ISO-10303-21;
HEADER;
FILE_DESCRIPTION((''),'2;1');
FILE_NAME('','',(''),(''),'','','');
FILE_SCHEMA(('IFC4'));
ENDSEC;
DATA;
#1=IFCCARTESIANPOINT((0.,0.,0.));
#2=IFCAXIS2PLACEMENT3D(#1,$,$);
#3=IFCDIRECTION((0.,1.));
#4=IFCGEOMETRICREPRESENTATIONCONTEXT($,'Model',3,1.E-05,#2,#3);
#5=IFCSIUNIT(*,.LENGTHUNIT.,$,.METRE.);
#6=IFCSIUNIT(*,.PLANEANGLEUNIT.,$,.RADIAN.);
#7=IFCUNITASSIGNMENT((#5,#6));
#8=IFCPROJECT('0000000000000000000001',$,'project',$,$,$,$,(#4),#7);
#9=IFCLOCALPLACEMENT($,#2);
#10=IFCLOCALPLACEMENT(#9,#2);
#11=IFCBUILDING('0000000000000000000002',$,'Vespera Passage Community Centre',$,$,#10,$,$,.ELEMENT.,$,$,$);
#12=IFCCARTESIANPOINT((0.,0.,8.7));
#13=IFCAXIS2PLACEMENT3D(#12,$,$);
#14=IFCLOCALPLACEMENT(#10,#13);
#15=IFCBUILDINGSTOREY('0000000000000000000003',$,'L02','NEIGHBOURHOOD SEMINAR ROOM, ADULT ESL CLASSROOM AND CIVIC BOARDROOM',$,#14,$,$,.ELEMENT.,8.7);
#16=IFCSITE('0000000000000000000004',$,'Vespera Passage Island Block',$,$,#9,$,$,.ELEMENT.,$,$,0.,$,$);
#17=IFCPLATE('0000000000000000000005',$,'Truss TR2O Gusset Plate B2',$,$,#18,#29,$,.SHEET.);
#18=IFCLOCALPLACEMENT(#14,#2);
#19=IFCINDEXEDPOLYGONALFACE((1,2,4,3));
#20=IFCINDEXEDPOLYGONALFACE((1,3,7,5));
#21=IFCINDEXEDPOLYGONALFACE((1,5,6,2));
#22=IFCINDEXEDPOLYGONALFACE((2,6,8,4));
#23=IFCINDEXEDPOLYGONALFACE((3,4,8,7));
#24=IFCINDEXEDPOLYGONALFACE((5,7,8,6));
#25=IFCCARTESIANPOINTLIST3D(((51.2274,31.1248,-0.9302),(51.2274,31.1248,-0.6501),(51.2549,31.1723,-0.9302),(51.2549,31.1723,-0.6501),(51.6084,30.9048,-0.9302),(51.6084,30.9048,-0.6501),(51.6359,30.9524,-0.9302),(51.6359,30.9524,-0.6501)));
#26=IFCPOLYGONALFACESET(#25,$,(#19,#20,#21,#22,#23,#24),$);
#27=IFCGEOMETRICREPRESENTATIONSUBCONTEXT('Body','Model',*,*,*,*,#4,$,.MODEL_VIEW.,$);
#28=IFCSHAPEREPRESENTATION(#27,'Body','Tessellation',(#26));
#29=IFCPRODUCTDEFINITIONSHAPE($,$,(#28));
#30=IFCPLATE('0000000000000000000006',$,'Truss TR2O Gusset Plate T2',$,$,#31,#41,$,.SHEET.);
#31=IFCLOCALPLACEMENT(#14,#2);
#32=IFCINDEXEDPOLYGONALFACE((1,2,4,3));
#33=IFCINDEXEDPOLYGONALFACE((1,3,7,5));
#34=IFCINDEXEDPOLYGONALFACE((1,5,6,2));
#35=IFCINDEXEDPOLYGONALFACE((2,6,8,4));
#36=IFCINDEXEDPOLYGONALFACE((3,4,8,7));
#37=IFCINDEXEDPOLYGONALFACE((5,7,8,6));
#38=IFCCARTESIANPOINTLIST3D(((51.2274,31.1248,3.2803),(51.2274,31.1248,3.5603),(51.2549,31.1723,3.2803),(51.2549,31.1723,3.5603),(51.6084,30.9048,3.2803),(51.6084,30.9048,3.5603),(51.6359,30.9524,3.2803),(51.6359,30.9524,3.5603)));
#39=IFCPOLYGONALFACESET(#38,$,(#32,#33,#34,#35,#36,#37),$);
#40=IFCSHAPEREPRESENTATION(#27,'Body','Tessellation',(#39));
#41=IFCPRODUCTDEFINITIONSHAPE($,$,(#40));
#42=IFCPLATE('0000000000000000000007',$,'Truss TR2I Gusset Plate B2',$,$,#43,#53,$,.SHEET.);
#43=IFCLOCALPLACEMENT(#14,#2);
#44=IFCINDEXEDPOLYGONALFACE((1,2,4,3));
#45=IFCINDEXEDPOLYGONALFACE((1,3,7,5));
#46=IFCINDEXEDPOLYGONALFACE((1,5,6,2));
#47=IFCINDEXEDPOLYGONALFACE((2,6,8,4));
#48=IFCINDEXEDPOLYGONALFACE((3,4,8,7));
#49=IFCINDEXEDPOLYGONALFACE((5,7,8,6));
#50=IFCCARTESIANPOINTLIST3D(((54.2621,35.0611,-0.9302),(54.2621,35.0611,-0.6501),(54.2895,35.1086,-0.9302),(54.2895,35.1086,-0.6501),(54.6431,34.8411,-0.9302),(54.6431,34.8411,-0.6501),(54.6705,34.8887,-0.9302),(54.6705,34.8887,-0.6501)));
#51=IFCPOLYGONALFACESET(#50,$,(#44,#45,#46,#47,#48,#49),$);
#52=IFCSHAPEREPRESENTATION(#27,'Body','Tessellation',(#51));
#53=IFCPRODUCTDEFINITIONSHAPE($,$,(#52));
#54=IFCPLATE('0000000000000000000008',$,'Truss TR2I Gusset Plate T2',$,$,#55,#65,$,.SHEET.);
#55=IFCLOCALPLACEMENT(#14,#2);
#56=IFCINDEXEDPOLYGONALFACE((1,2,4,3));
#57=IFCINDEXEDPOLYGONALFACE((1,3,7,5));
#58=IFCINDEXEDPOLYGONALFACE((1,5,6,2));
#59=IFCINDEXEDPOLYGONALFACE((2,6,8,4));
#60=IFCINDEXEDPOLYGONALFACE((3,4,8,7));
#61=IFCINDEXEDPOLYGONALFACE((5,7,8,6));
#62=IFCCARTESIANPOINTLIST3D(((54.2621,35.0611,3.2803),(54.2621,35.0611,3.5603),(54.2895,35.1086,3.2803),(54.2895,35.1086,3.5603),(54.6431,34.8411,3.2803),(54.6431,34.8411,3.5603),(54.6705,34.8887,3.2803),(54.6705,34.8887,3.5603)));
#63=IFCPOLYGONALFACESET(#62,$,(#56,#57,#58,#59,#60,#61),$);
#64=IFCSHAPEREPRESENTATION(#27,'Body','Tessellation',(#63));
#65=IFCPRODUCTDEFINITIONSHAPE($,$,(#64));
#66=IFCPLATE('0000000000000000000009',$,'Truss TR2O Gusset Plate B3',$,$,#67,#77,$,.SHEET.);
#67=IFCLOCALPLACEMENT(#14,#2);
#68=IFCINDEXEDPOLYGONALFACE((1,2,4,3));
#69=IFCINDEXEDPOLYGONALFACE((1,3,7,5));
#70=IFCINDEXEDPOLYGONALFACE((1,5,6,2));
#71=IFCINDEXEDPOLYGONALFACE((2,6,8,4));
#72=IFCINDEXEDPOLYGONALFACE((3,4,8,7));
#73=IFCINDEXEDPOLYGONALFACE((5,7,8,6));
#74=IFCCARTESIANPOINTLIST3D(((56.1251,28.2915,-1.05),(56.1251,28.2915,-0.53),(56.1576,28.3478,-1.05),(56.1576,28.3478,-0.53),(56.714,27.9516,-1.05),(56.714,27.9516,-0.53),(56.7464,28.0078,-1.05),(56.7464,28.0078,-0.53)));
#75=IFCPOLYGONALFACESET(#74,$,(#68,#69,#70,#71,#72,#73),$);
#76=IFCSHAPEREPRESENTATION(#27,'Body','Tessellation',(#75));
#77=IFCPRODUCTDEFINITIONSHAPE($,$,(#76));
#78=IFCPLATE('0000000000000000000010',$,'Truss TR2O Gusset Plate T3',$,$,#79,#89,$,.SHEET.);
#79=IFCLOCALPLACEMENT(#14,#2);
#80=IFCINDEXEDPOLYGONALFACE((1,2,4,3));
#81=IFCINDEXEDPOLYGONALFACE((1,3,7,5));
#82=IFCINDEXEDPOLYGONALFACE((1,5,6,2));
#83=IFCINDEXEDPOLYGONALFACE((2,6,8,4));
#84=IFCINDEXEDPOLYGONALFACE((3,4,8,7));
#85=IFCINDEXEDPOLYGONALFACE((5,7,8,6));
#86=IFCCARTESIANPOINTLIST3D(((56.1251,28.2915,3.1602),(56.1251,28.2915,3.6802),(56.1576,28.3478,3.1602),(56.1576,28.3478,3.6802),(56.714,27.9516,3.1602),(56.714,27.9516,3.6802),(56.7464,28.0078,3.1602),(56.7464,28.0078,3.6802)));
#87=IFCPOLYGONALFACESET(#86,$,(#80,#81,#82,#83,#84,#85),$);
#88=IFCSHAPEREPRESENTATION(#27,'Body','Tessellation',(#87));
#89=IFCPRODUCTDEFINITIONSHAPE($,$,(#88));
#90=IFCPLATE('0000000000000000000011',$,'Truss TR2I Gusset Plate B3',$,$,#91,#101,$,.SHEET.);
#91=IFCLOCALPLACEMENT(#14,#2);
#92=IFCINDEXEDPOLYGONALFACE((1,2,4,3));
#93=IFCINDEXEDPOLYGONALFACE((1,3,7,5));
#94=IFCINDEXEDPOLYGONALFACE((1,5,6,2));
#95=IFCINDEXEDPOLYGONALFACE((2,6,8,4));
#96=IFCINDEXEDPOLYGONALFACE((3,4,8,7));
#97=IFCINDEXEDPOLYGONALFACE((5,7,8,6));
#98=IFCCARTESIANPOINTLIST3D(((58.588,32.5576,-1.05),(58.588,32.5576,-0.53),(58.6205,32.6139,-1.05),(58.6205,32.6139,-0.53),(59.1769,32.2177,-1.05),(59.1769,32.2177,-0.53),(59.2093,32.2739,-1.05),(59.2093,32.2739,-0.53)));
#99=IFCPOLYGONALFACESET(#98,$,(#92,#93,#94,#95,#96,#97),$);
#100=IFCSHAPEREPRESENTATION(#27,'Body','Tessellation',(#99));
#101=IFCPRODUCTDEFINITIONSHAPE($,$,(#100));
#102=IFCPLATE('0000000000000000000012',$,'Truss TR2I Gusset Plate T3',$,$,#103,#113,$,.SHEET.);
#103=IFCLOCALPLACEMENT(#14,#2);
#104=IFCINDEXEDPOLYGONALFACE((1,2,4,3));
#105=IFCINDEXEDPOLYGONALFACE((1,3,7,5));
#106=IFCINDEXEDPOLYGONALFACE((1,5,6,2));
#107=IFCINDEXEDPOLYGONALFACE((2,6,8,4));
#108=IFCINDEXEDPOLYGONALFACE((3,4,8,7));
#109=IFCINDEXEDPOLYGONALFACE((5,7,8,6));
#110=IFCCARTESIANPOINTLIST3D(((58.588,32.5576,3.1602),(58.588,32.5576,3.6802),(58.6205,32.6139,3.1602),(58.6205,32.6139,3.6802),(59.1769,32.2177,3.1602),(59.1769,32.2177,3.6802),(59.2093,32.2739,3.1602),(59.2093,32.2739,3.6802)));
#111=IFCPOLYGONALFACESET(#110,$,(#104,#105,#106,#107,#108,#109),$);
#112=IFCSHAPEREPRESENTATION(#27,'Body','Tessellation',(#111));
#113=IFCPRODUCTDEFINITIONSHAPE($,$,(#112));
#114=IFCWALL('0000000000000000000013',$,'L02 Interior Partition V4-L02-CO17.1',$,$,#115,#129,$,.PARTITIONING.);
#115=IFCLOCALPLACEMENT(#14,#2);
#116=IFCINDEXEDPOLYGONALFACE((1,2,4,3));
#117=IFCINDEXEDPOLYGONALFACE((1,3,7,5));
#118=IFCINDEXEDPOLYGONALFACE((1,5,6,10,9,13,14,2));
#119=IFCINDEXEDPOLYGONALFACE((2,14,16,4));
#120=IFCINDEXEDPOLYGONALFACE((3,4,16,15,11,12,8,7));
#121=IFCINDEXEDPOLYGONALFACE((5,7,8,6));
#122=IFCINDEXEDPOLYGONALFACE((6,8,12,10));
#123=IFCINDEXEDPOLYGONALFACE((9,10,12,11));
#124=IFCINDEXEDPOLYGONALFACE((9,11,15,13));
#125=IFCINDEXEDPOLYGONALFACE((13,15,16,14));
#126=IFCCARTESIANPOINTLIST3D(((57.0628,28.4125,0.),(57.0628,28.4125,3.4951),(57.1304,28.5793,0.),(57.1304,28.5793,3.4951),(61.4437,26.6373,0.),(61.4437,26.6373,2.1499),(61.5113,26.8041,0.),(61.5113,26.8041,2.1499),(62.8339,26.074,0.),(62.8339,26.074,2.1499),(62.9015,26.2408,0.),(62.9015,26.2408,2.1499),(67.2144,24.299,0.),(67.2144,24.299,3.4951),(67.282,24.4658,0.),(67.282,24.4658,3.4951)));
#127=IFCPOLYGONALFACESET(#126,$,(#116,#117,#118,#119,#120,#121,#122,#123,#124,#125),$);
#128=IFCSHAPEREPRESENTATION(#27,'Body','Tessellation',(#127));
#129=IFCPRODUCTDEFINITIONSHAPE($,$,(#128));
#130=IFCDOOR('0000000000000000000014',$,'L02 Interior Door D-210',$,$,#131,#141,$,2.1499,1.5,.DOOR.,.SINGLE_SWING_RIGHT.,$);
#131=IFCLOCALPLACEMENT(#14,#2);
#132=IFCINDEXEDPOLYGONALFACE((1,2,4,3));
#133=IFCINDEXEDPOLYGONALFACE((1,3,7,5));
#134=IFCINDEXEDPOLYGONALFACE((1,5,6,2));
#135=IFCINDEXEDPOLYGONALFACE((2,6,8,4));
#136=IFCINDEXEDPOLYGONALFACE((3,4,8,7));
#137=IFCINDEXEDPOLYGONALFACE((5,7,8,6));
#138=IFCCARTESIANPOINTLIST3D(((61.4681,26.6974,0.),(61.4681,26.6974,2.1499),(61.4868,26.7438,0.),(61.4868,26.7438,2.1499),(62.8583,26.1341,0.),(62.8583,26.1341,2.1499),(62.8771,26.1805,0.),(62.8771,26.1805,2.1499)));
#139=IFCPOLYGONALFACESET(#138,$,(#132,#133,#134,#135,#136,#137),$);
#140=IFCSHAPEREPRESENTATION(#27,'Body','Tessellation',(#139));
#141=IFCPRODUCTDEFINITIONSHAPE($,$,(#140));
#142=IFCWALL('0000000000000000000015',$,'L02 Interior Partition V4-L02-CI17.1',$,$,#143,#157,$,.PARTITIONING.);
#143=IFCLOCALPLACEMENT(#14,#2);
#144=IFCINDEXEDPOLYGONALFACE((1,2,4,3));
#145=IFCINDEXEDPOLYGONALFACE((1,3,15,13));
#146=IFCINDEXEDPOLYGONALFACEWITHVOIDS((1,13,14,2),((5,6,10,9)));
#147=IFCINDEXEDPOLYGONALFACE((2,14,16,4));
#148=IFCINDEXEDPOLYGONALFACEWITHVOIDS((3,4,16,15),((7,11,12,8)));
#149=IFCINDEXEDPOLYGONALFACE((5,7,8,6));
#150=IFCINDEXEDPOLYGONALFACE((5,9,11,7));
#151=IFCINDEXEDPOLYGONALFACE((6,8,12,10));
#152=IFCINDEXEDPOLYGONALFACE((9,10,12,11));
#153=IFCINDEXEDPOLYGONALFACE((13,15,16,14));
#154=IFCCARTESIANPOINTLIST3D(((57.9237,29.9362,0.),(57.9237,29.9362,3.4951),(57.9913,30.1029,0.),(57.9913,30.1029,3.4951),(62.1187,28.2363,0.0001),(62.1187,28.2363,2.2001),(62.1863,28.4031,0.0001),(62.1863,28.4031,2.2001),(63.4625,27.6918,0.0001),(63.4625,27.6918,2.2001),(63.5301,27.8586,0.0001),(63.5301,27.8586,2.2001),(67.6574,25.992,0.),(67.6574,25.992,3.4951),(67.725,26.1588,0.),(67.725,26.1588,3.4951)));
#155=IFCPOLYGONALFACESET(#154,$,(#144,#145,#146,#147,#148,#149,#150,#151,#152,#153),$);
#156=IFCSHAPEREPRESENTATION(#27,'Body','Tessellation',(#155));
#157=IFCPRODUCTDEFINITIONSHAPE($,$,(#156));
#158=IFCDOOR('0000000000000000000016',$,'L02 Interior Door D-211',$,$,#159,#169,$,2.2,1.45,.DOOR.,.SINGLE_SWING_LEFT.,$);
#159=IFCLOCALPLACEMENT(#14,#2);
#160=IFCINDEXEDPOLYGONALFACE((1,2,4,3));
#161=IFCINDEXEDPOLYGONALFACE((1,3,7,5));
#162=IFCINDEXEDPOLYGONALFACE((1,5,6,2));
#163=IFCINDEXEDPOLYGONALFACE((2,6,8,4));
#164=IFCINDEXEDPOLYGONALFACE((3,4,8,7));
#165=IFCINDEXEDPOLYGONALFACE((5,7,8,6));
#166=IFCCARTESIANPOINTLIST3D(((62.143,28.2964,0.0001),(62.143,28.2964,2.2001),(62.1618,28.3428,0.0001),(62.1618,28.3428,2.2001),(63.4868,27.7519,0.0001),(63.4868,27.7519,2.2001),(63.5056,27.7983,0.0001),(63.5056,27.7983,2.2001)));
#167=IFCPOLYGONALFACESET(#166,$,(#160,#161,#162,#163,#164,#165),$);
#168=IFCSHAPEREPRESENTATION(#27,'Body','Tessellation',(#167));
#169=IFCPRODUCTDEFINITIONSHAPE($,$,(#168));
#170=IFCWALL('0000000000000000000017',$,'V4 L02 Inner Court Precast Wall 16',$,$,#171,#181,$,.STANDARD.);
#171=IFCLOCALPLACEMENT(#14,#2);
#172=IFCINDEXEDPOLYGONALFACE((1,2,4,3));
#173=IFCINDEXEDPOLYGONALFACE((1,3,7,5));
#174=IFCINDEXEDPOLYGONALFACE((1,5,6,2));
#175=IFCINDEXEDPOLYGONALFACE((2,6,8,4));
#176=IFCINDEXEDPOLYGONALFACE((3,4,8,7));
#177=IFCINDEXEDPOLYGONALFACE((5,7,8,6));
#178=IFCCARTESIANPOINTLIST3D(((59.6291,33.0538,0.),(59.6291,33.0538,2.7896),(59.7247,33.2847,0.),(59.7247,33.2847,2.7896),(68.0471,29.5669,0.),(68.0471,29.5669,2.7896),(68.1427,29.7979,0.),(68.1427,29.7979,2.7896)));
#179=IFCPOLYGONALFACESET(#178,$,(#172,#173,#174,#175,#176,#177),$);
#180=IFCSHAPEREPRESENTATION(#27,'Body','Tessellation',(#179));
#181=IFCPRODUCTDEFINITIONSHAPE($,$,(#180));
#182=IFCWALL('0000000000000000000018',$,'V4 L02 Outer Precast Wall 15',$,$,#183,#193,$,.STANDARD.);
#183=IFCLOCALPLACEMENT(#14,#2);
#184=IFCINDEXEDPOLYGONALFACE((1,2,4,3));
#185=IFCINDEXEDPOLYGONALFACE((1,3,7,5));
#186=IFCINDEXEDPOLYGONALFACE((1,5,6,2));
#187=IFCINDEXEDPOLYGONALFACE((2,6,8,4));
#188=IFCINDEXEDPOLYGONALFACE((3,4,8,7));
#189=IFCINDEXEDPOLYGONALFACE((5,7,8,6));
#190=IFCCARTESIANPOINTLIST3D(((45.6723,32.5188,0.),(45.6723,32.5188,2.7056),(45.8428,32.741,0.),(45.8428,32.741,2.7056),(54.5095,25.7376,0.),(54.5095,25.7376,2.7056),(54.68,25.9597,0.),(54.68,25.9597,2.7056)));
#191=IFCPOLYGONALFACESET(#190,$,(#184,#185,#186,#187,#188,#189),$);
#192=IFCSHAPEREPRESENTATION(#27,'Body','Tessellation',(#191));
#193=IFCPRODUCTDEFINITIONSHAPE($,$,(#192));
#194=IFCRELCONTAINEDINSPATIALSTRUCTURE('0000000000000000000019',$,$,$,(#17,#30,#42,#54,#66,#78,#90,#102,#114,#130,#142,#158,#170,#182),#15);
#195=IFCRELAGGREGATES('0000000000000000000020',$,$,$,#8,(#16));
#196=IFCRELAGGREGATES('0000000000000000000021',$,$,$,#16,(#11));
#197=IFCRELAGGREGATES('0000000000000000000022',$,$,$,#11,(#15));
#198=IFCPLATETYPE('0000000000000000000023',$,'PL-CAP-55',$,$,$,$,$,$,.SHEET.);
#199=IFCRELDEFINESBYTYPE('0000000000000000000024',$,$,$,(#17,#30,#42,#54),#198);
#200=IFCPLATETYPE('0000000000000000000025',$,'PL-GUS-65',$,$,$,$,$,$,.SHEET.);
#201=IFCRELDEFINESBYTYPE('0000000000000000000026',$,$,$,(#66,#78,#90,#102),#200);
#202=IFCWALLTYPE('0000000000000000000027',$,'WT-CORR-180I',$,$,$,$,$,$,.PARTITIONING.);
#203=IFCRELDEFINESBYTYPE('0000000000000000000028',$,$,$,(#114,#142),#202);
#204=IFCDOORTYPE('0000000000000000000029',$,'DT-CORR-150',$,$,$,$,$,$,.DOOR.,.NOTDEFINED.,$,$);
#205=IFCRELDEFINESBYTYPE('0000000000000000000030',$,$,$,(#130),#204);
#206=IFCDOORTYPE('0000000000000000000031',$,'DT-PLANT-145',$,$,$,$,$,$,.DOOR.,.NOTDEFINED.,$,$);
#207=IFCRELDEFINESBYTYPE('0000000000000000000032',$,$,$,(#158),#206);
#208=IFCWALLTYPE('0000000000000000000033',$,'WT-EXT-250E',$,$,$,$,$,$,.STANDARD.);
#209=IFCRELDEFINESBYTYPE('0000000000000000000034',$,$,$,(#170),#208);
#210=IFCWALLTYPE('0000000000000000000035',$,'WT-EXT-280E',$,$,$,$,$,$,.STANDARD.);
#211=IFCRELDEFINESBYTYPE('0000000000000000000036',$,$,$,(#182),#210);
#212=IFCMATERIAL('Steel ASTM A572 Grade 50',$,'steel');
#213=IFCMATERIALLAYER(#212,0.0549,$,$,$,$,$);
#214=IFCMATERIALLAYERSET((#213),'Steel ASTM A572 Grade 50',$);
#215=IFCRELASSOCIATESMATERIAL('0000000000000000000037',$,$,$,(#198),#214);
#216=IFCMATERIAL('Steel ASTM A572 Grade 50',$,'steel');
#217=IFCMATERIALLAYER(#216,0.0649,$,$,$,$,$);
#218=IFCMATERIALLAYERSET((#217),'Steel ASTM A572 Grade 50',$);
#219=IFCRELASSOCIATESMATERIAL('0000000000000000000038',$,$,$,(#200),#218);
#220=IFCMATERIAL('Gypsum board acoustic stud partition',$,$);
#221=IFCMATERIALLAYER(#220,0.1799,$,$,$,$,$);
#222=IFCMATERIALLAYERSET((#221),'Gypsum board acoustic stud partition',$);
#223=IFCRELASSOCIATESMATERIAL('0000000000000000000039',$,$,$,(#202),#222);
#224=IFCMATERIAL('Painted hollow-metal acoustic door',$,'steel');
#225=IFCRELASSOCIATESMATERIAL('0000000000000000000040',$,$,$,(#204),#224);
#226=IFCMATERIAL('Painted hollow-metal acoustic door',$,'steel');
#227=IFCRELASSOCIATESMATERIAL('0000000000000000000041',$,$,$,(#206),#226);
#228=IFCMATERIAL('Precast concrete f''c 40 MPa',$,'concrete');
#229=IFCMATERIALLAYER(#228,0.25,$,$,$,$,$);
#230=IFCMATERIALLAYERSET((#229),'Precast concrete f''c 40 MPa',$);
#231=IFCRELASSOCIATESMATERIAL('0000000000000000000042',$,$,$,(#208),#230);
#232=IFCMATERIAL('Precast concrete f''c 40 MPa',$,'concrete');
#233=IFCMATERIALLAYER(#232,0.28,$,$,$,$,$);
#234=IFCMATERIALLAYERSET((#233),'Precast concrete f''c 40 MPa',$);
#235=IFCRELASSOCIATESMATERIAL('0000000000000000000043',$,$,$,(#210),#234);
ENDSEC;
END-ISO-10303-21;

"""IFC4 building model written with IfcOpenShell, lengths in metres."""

from ifc_helpers import new_model, si_unit, direction, frame, frame_2d, origin, origin_2d, place, context, subcontext, project, spatial, rectangle, extrude, material, layer, layer_set, type_object, element, fill, save


model = new_model("IFC4")

# Units and contexts
model_context = context("Model", 3, precision=1e-05, world=origin(), true_north=direction((0.0, 1.0)))
body_context = subcontext(model_context, "Body", "Model", "MODEL_VIEW")
ifc_project = project(units=[si_unit("LENGTHUNIT", "METRE"), si_unit("PLANEANGLEUNIT", "RADIAN")], contexts=[model_context])

# Site, building, storey
site_placement = place(None, origin())
site = spatial("IfcSite", under=ifc_project, at=site_placement, Name="Vespera Passage Island Block", CompositionType="ELEMENT", RefElevation=0.0)
building_placement = place(site_placement, origin())
building = spatial("IfcBuilding", under=site, at=building_placement, Name="Vespera Passage Community Centre", CompositionType="ELEMENT")
storey_placement = place(building_placement, frame((0.0, 0.0, 8.7)))
storey = spatial("IfcBuildingStorey", under=building, at=storey_placement, Name="L02", Description="NEIGHBOURHOOD SEMINAR ROOM, ADULT ESL CLASSROOM AND CIVIC BOARDROOM", CompositionType="ELEMENT", Elevation=8.7)

# Plates
ifc_material_1 = material(Name="Steel ASTM A572 Grade 50", Category="steel")
ifc_layer_1 = layer(ifc_material_1, 0.0549)
ifc_layer_set_1 = layer_set([ifc_layer_1], Name="Steel ASTM A572 Grade 50")
plate_type_1 = type_object("IfcPlateType", Name="PL-CAP-55", PredefinedType="SHEET", material=ifc_layer_set_1)
for number, where, z_axis, x_axis, name in (
    (1, (51.4316, 31.0386, -0.9302), (0.0, 0.0, 1.0), (0.866025, -0.5, 0.0), "Truss TR2O Gusset Plate B2"),
    (2, (51.4316, 31.0386, 3.2803), (0.0, 0.0, 1.0), (0.866025, -0.5, 0.0), "Truss TR2O Gusset Plate T2"),
    (3, (54.4663, 34.9749, -0.9302), (0.0, 0.0, 1.0), (0.866025, -0.5, 0.0), "Truss TR2I Gusset Plate B2"),
    (4, (54.4663, 34.9749, 3.2803), (0.0, 0.0, 1.0), (0.866025, -0.5, 0.0), "Truss TR2I Gusset Plate T2"),
):
    element("IfcPlate", number, at=place(storey_placement, frame(where, z_axis=z_axis, x_axis=x_axis)), inside=storey, type_object=plate_type_1, Name=name, PredefinedType="SHEET", context=body_context, shape_type="SweptSolid", body=[
        extrude(rectangle(XDim=0.4399, YDim=0.0549, at=origin_2d()), origin(), (0.0, 0.0, 1.0), 0.28),
    ])
ifc_material_2 = material(Name="Steel ASTM A572 Grade 50", Category="steel")
ifc_layer_2 = layer(ifc_material_2, 0.0649)
ifc_layer_set_2 = layer_set([ifc_layer_2], Name="Steel ASTM A572 Grade 50")
plate_type_2 = type_object("IfcPlateType", Name="PL-GUS-65", PredefinedType="SHEET", material=ifc_layer_set_2)
for number, where, z_axis, x_axis, name in (
    (5, (56.4358, 28.1497, -1.05), (0.0, 0.0, 1.0), (0.866025, -0.5, 0.0), "Truss TR2O Gusset Plate B3"),
    (6, (56.4358, 28.1497, 3.1602), (0.0, 0.0, 1.0), (0.866025, -0.5, 0.0), "Truss TR2O Gusset Plate T3"),
    (7, (58.8987, 32.4158, -1.05), (0.0, 0.0, 1.0), (0.866025, -0.5, 0.0), "Truss TR2I Gusset Plate B3"),
    (8, (58.8987, 32.4158, 3.1602), (0.0, 0.0, 1.0), (0.866025, -0.5, 0.0), "Truss TR2I Gusset Plate T3"),
):
    element("IfcPlate", number, at=place(storey_placement, frame(where, z_axis=z_axis, x_axis=x_axis)), inside=storey, type_object=plate_type_2, Name=name, PredefinedType="SHEET", context=body_context, shape_type="SweptSolid", body=[
        extrude(rectangle(XDim=0.6799, YDim=0.0649, at=origin_2d()), origin(), (0.0, 0.0, 1.0), 0.52),
    ])

# Walls, openings, doors
ifc_material_3 = material(Name="Gypsum board acoustic stud partition")
ifc_layer_3 = layer(ifc_material_3, 0.1799)
ifc_layer_set_3 = layer_set([ifc_layer_3], Name="Gypsum board acoustic stud partition")
wall_type_1 = type_object("IfcWallType", Name="WT-CORR-180I", PredefinedType="PARTITIONING", material=ifc_layer_set_3)
wall_1_placement = place(storey_placement, frame((57.0967, 28.4958, 0.0), z_axis=(0.0, 0.0, 1.0), x_axis=(0.926803, -0.375549, 0.0)))
wall_1 = element("IfcWall", 9, at=wall_1_placement, inside=storey, type_object=wall_type_1, Name="L02 Interior Partition V4-L02-CO17.1", PredefinedType="PARTITIONING", context=body_context, shape_type="SweptSolid", body=[
    extrude(rectangle(XDim=10.9534, YDim=0.1799, at=frame_2d((5.4766, 0.0))), origin(), (0.0, 0.0, 1.0), 3.4951),
])
opening_1_placement = place(wall_1_placement, frame((4.7268, 0.0, 0.0)))
opening_1 = element("IfcOpeningElement", 10, at=opening_1_placement, cuts=wall_1, PredefinedType="OPENING", context=body_context, shape_type="SweptSolid", body=[
    extrude(rectangle(XDim=1.5, YDim=2.1499, at=frame_2d((0.75, 1.075))), frame((0.0, 0.0999, 0.0), z_axis=(0.0, -1.0, 0.0), x_axis=(1.0, 0.0, 0.0)), (0.0, 0.0, 1.0), 0.2),
])
ifc_material_4 = material(Name="Painted hollow-metal acoustic door", Category="steel")
door_type_1 = type_object("IfcDoorType", Name="DT-CORR-150", OperationType="NOTDEFINED", PredefinedType="DOOR", material=ifc_material_4)
door_1_placement = place(opening_1_placement, origin())
door_1 = element("IfcDoor", 11, at=door_1_placement, inside=storey, type_object=door_type_1, Name="L02 Interior Door D-210", OperationType="SINGLE_SWING_RIGHT", OverallHeight=2.1499, OverallWidth=1.5, PredefinedType="DOOR", context=body_context, shape_type="SweptSolid", body=[
    extrude(rectangle(XDim=1.5, YDim=2.1499, at=frame_2d((0.75, 1.075))), frame((0.0, 0.0249, 0.0), z_axis=(0.0, -1.0, 0.0), x_axis=(1.0, 0.0, 0.0)), (0.0, 0.0, 1.0), 0.05),
])
fill(opening_1, door_1)
wall_2_placement = place(storey_placement, frame((57.9575, 30.0195, 0.0), z_axis=(0.0, 0.0, 1.0), x_axis=(0.926805, -0.375543, 0.0)))
wall_2 = element("IfcWall", 12, at=wall_2_placement, inside=storey, type_object=wall_type_1, Name="L02 Interior Partition V4-L02-CI17.1", PredefinedType="PARTITIONING", context=body_context, shape_type="SweptSolid", body=[
    extrude(rectangle(XDim=10.5024, YDim=0.1799, at=frame_2d((5.2512, 0.0))), origin(), (0.0, 0.0, 1.0), 3.4951),
])
opening_2_placement = place(wall_2_placement, frame((4.5261, 0.0, 0.0)))
opening_2 = element("IfcOpeningElement", 13, at=opening_2_placement, cuts=wall_2, PredefinedType="OPENING", context=body_context, shape_type="SweptSolid", body=[
    extrude(rectangle(XDim=1.45, YDim=2.2, at=frame_2d((0.7251, 1.1001))), frame((0.0, 0.0999, 0.0), z_axis=(0.0, -1.0, 0.0), x_axis=(1.0, 0.0, 0.0)), (0.0, 0.0, 1.0), 0.2),
])
ifc_material_5 = material(Name="Painted hollow-metal acoustic door", Category="steel")
door_type_2 = type_object("IfcDoorType", Name="DT-PLANT-145", OperationType="NOTDEFINED", PredefinedType="DOOR", material=ifc_material_5)
door_2_placement = place(opening_2_placement, origin())
door_2 = element("IfcDoor", 14, at=door_2_placement, inside=storey, type_object=door_type_2, Name="L02 Interior Door D-211", OperationType="SINGLE_SWING_LEFT", OverallHeight=2.2, OverallWidth=1.45, PredefinedType="DOOR", context=body_context, shape_type="SweptSolid", body=[
    extrude(rectangle(XDim=1.45, YDim=2.2, at=frame_2d((0.7251, 1.1001))), frame((0.0, 0.0249, 0.0), z_axis=(0.0, -1.0, 0.0), x_axis=(1.0, 0.0, 0.0)), (0.0, 0.0, 1.0), 0.05),
])
fill(opening_2, door_2)

# Walls
ifc_material_6 = material(Name="Precast concrete f'c 40 MPa", Category="concrete")
ifc_layer_4 = layer(ifc_material_6, 0.25)
ifc_layer_set_4 = layer_set([ifc_layer_4], Name="Precast concrete f'c 40 MPa")
wall_type_2 = type_object("IfcWallType", Name="WT-EXT-250E", PredefinedType="STANDARD", material=ifc_layer_set_4)
wall_3_placement = place(storey_placement, frame((59.677, 33.1692, 0.0), z_axis=(0.0, 0.0, 1.0), x_axis=(0.92388, -0.382682, 0.0)))
element("IfcWall", 15, at=wall_3_placement, inside=storey, type_object=wall_type_2, Name="V4 L02 Inner Court Precast Wall 16", PredefinedType="STANDARD", context=body_context, shape_type="SweptSolid", body=[
    extrude(rectangle(XDim=9.1116, YDim=0.25, at=frame_2d((4.5557, 0.0))), origin(), (0.0, 0.0, 1.0), 2.7896),
])
ifc_material_7 = material(Name="Precast concrete f'c 40 MPa", Category="concrete")
ifc_layer_5 = layer(ifc_material_7, 0.28)
ifc_layer_set_5 = layer_set([ifc_layer_5], Name="Precast concrete f'c 40 MPa")
wall_type_3 = type_object("IfcWallType", Name="WT-EXT-280E", PredefinedType="STANDARD", material=ifc_layer_set_5)
wall_4_placement = place(storey_placement, frame((54.5947, 25.8486, 0.0), z_axis=(0.0, 0.0, 1.0), x_axis=(-0.793342, 0.608776, 0.0)))
element("IfcWall", 16, at=wall_4_placement, inside=storey, type_object=wall_type_3, Name="V4 L02 Outer Precast Wall 15", PredefinedType="STANDARD", context=body_context, shape_type="SweptSolid", body=[
    extrude(rectangle(XDim=11.1392, YDim=0.28, at=frame_2d((5.5696, 0.0))), origin(), (0.0, 0.0, 1.0), 2.7056),
])

save(model, "model.ifc")
